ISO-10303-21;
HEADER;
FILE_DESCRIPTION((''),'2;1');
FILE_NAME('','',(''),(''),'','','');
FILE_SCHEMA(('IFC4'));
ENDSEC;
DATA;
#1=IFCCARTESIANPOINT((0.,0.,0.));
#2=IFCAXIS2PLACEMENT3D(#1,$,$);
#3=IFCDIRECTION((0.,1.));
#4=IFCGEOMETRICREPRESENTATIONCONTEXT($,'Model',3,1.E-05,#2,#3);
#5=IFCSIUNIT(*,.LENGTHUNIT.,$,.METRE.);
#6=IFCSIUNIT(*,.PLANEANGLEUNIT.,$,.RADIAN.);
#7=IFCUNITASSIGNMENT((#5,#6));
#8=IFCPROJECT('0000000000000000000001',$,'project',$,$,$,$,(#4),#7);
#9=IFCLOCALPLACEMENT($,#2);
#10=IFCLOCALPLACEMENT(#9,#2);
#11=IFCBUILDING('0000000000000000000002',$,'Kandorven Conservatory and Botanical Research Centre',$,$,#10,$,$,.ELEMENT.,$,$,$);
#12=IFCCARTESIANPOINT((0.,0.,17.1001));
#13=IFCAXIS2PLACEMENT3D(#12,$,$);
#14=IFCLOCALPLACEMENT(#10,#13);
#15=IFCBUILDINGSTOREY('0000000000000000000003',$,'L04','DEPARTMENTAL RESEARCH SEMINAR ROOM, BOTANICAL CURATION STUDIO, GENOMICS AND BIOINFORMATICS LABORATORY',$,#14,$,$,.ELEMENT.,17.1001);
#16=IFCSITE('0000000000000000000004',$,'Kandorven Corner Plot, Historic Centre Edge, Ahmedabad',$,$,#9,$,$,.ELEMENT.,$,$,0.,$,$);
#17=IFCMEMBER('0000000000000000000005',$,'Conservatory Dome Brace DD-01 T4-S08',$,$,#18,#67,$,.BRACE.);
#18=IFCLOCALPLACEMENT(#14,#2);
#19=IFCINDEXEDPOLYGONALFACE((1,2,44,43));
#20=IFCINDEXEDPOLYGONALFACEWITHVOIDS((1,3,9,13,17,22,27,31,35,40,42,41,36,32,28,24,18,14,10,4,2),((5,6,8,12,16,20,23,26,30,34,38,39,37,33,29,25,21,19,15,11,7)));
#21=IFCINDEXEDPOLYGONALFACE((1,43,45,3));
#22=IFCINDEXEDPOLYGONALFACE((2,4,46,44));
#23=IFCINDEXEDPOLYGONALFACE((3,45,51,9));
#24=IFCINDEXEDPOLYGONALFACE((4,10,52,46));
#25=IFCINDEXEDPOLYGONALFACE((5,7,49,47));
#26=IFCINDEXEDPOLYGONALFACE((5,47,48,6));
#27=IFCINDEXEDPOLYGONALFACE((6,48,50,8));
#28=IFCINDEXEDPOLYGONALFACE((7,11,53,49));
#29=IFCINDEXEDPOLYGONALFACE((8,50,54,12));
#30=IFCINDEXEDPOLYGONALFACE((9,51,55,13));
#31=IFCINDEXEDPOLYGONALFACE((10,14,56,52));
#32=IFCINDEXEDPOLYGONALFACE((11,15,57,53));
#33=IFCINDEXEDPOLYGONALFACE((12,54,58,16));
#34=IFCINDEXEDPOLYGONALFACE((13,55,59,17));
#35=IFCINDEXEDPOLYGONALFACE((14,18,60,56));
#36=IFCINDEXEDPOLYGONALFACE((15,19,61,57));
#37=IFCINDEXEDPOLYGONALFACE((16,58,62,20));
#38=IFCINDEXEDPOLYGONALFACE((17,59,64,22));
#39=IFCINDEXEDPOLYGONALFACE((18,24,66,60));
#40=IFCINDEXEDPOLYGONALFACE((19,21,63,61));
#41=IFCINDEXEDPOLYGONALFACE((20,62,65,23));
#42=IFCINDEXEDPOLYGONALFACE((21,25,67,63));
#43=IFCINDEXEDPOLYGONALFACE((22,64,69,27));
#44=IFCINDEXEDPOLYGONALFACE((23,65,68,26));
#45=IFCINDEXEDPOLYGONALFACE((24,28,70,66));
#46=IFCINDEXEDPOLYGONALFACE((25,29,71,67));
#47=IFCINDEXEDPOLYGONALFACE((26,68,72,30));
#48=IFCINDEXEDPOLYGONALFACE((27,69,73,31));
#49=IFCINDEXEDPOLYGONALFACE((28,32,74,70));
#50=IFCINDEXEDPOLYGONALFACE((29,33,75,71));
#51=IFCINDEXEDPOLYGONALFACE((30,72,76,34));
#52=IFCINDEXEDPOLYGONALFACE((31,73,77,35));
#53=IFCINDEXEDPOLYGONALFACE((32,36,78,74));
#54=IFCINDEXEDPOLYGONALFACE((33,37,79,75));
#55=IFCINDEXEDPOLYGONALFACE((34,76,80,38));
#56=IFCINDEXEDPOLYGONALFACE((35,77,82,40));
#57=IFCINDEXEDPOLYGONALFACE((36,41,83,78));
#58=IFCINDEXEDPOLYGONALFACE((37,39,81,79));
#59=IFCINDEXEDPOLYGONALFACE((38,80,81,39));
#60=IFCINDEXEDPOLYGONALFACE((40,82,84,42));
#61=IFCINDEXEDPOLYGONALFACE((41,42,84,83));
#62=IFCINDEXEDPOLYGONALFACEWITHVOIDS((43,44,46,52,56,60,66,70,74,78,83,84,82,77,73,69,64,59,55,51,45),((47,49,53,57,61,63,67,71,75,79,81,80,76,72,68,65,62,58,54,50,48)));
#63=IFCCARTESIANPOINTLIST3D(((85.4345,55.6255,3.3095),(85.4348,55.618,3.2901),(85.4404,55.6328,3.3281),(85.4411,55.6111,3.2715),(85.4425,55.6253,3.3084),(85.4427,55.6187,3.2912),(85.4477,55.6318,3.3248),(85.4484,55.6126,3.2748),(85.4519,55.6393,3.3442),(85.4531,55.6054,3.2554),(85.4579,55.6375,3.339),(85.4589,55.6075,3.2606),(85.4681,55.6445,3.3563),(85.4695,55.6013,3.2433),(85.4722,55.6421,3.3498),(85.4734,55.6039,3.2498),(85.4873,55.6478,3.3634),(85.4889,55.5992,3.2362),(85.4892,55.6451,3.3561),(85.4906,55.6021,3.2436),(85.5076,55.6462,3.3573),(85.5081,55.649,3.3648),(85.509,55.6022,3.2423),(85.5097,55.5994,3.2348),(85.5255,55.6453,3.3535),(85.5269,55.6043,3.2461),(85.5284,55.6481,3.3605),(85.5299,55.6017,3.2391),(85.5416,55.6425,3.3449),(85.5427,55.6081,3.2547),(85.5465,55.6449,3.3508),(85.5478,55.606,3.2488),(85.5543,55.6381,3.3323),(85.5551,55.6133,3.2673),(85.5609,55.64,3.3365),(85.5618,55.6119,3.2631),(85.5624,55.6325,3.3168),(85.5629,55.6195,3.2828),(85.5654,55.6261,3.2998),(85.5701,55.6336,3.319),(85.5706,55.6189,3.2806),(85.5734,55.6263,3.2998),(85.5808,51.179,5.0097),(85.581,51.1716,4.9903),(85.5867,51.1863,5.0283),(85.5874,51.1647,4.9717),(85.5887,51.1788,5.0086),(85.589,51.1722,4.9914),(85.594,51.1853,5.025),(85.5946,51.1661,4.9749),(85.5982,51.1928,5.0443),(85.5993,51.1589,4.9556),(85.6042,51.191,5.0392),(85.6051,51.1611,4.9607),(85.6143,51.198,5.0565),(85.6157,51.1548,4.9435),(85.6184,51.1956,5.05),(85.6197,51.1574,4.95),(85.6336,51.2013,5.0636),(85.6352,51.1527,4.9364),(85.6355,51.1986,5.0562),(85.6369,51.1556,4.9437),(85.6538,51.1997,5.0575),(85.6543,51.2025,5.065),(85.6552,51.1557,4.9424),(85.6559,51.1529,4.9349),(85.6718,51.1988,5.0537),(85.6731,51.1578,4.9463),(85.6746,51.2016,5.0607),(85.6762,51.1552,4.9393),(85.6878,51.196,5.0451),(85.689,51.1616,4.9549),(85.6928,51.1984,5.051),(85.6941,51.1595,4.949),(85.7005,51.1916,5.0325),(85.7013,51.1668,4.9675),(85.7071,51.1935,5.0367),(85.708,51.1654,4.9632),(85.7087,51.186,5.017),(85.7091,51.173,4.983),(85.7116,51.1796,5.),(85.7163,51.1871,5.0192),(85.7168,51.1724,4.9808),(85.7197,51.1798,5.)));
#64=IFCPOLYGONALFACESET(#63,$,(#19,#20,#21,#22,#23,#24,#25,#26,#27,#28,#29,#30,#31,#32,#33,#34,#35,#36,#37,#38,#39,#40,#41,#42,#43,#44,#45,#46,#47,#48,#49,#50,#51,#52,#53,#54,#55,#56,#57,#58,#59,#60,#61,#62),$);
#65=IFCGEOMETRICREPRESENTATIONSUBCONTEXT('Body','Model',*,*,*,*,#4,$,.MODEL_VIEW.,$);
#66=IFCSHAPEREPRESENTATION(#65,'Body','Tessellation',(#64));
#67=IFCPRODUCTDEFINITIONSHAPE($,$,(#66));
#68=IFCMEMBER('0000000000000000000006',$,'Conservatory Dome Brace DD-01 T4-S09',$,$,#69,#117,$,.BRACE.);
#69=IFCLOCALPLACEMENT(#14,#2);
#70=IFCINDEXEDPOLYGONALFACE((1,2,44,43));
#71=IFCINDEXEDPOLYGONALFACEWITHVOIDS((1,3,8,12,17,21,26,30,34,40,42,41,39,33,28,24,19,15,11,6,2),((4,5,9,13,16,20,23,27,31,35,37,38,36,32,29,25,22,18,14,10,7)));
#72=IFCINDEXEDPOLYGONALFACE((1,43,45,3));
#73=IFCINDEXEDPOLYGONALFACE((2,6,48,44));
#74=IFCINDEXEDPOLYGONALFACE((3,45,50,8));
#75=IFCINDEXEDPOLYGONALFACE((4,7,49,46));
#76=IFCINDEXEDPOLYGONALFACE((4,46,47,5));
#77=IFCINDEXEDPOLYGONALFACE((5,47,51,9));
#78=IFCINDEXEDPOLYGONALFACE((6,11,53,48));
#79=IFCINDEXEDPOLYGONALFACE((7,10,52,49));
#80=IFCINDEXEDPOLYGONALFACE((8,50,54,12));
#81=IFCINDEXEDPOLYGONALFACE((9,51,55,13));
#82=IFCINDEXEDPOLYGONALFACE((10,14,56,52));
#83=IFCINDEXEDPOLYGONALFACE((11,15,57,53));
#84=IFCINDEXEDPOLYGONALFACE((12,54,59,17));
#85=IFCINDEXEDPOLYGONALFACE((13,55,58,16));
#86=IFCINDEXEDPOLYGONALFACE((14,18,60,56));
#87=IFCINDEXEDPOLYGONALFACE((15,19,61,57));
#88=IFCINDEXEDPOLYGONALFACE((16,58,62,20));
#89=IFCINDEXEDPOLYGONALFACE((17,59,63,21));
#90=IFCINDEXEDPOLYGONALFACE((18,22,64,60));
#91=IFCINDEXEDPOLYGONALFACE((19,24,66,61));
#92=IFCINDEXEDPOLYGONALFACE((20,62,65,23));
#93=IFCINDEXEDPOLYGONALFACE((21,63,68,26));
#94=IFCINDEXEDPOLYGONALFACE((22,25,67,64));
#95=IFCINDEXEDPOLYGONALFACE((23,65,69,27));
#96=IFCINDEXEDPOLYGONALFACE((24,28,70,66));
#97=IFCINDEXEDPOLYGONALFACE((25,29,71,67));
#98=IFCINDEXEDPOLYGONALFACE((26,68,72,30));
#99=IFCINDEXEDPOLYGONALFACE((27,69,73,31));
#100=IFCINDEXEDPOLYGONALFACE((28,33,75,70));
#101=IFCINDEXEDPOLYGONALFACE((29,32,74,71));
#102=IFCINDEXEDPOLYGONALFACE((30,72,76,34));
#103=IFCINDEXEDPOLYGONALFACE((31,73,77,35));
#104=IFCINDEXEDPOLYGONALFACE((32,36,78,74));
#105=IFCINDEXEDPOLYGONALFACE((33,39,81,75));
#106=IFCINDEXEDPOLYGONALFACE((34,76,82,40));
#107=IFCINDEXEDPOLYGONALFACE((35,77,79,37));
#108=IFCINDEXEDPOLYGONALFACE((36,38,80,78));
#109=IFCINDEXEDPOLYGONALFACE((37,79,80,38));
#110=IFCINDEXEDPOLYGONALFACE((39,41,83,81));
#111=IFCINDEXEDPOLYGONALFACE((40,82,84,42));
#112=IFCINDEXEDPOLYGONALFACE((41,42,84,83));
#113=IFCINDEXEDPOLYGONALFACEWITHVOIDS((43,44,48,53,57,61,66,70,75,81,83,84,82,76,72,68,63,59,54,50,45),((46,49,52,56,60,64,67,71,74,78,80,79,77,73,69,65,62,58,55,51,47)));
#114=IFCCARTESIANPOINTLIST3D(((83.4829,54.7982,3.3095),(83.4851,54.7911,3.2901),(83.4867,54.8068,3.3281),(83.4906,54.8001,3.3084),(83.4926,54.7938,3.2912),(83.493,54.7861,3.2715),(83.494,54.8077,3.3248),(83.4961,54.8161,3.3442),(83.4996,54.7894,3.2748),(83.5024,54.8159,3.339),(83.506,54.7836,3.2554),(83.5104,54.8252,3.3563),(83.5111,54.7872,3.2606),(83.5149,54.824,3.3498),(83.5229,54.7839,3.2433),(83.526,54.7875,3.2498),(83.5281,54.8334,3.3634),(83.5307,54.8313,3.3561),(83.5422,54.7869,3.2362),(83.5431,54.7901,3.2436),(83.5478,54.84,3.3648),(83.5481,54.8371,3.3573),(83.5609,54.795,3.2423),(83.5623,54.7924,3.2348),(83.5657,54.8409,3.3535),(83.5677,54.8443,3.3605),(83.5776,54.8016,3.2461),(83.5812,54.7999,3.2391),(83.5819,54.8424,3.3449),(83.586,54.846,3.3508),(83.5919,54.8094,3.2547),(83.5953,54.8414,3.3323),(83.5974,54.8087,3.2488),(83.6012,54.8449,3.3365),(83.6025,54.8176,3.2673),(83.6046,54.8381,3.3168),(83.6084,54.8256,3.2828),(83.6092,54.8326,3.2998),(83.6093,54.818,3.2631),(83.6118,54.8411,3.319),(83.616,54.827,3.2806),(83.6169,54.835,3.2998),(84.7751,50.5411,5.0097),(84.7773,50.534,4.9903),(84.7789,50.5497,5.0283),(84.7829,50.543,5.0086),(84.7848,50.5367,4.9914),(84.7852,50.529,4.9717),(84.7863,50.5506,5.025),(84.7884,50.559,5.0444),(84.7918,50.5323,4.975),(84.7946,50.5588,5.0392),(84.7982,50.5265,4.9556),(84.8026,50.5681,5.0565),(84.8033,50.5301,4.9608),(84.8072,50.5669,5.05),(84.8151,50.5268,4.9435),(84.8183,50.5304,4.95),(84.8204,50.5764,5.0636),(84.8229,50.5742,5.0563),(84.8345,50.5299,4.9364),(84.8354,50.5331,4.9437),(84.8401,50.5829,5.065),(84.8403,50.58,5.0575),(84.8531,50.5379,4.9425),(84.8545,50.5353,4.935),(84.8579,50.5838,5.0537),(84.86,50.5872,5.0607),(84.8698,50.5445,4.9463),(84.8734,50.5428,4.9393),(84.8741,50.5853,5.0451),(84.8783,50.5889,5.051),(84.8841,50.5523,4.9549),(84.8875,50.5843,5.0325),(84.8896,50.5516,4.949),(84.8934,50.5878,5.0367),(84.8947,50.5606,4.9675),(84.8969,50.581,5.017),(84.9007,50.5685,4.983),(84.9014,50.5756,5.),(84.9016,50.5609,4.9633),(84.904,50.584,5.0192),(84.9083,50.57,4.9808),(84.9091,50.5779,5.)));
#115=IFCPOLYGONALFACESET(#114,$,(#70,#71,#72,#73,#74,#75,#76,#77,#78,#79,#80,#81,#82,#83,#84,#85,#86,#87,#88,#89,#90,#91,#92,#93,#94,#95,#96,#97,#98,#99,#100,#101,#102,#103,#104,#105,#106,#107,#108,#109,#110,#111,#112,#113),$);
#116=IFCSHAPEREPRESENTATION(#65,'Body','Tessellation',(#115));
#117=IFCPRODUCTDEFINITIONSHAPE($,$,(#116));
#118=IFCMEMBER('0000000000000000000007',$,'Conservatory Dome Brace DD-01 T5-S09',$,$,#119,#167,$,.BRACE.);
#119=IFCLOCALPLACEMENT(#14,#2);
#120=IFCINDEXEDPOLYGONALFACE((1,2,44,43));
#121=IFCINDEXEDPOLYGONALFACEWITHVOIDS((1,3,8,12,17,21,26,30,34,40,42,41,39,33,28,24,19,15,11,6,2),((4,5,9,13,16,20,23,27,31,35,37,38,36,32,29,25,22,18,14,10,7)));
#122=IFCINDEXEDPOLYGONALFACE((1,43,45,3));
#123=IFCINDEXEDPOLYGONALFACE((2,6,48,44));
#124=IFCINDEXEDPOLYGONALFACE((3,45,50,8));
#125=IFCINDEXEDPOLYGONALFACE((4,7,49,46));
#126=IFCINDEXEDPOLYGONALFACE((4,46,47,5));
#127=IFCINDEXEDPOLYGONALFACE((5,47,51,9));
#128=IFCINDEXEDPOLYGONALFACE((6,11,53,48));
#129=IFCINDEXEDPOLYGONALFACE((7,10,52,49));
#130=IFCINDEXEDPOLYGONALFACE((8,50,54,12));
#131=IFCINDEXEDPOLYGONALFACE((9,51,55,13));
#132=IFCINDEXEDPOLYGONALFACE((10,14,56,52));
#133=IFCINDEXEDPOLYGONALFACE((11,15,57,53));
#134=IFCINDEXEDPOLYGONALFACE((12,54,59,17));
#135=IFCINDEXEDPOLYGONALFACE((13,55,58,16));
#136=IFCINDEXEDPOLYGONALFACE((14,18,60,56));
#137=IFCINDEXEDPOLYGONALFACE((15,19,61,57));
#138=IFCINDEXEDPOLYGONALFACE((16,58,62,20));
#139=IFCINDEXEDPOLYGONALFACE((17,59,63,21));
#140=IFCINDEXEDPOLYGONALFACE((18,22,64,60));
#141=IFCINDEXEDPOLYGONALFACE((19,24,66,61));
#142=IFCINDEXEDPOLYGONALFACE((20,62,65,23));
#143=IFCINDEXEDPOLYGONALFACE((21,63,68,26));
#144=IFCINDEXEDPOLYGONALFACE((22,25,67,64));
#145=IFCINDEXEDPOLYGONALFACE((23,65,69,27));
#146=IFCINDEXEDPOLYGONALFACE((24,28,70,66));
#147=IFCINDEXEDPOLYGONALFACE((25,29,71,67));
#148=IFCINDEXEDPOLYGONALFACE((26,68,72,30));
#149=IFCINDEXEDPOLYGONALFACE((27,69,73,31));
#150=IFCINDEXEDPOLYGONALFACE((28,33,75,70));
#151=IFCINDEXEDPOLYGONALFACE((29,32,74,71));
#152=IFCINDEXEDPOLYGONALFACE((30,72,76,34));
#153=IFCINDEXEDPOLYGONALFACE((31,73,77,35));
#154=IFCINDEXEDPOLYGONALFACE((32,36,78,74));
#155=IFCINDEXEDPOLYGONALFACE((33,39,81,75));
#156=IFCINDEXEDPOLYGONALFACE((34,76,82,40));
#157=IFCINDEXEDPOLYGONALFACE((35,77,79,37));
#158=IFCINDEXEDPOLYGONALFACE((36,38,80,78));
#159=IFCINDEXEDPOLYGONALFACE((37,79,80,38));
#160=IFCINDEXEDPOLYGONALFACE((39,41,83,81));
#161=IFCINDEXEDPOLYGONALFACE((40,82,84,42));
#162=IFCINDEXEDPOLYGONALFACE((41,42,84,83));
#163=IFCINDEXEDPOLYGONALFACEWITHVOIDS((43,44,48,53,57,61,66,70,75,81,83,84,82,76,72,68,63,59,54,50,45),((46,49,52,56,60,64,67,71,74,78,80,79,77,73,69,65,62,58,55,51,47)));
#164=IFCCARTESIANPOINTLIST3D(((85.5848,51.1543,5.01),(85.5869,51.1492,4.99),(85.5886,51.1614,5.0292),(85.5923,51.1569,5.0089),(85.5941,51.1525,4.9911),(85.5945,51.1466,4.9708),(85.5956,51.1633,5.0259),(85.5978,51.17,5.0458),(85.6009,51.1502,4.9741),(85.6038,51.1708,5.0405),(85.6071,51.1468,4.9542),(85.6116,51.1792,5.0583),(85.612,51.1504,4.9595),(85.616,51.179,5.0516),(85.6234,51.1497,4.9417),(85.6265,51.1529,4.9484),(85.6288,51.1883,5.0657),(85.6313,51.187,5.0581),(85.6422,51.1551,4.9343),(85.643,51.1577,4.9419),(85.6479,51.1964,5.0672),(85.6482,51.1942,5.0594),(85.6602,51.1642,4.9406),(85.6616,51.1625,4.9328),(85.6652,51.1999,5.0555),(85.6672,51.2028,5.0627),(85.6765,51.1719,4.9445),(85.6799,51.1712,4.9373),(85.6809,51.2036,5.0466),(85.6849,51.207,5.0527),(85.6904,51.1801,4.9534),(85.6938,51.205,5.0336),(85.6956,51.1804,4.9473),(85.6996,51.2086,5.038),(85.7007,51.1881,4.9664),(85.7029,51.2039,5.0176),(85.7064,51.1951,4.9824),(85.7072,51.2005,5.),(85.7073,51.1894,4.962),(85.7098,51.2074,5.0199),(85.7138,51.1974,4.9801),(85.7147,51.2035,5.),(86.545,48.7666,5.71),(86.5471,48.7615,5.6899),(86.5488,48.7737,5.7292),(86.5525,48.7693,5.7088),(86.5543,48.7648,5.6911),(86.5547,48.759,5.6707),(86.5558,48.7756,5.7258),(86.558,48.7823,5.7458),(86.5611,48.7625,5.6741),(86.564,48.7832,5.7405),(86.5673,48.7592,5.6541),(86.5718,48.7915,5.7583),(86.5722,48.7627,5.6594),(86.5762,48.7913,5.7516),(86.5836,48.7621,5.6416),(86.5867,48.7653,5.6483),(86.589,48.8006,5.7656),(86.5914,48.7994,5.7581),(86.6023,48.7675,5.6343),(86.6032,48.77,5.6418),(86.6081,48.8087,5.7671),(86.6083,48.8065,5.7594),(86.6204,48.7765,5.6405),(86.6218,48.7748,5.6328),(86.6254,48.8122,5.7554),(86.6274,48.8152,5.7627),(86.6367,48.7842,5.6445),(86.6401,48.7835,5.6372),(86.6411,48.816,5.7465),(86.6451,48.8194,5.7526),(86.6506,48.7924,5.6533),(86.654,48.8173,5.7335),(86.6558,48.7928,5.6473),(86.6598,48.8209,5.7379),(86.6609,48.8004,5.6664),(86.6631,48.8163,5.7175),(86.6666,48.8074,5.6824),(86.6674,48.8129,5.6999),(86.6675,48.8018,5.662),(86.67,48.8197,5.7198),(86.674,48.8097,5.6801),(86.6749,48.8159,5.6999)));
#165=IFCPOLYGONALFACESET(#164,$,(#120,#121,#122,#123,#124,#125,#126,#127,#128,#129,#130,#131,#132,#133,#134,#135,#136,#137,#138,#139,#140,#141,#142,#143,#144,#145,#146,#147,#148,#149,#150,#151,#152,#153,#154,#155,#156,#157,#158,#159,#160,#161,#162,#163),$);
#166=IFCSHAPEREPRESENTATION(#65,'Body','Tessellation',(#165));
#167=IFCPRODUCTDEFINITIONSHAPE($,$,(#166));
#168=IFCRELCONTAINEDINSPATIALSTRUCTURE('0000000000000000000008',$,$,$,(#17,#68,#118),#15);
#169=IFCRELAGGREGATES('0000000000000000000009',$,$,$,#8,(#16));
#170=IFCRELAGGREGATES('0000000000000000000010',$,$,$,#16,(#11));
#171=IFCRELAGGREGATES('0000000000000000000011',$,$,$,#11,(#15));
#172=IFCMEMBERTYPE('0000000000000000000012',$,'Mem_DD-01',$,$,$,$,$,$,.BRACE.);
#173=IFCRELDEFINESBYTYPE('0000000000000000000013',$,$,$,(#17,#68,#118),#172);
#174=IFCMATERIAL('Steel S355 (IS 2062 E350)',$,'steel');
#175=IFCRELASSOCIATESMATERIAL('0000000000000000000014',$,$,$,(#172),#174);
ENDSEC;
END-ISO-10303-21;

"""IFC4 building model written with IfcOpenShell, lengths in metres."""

from ifc_helpers import new_model, si_unit, direction, frame, origin, origin_2d, place, context, subcontext, project, spatial, hollow_circle, extrude, material, material_profile, profile_set, type_object, element, save


model = new_model("IFC4")

# Units and contexts
model_context = context("Model", 3, precision=1e-05, world=origin(), true_north=direction((0.0, 1.0)))
body_context = subcontext(model_context, "Body", "Model", "MODEL_VIEW")
ifc_project = project(units=[si_unit("LENGTHUNIT", "METRE"), si_unit("PLANEANGLEUNIT", "RADIAN")], contexts=[model_context])

# Site, building, storey
site_placement = place(None, origin())
site = spatial("IfcSite", under=ifc_project, at=site_placement, Name="Kandorven Corner Plot, Historic Centre Edge, Ahmedabad", CompositionType="ELEMENT", RefElevation=0.0)
building_placement = place(site_placement, origin())
building = spatial("IfcBuilding", under=site, at=building_placement, Name="Kandorven Conservatory and Botanical Research Centre", CompositionType="ELEMENT")
storey_placement = place(building_placement, frame((0.0, 0.0, 17.1001)))
storey = spatial("IfcBuildingStorey", under=building, at=storey_placement, Name="L04", Description="DEPARTMENTAL RESEARCH SEMINAR ROOM, BOTANICAL CURATION STUDIO, GENOMICS AND BIOINFORMATICS LABORATORY", CompositionType="ELEMENT", Elevation=17.1001)

# Members
ifc_material_1 = material(Name="Steel S355 (IS 2062 E350)", Category="steel")
ifc_material_profile_1 = material_profile(ifc_material_1, hollow_circle(Radius=0.0698, WallThickness=0.0081, at=origin_2d()))
ifc_profile_set_1 = profile_set([ifc_material_profile_1], Name="Steel S355 (IS 2062 E350)")
member_type_1 = type_object("IfcMemberType", Name="Mem_DD-01", PredefinedType="BRACE", material=ifc_profile_set_1)
for number, where, z_axis, x_axis, name in (
    (1, (85.5037, 55.624, 3.2998), (0.030705, -0.933608, 0.356978), (0.99946, 0.032871, 0.0), "Conservatory Dome Brace DD-01 T4-S08"),
    (2, (83.55, 54.8147, 3.2998), (0.271325, -0.893838, 0.356982), (0.956886, 0.290463, 0.0), "Conservatory Dome Brace DD-01 T4-S09"),
):
    element("IfcMember", number, at=place(storey_placement, frame(where, z_axis=z_axis, x_axis=x_axis)), inside=storey, type_object=member_type_1, Name=name, PredefinedType="BRACE", context=body_context, shape_type="SweptSolid", body=[
        extrude(hollow_circle(Radius=0.0698, WallThickness=0.0081, at=origin_2d()), origin(), (0.0, 0.0, 1.0), 4.7627),
    ])
member_1_placement = place(storey_placement, frame((85.6499, 51.1775, 5.0), z_axis=(0.360029, -0.895266, 0.262447), x_axis=(0.927788, 0.373107, 0.0)))
element("IfcMember", 3, at=member_1_placement, inside=storey, type_object=member_type_1, Name="Conservatory Dome Brace DD-01 T5-S09", PredefinedType="BRACE", context=body_context, shape_type="SweptSolid", body=[
    extrude(hollow_circle(Radius=0.0698, WallThickness=0.0081, at=origin_2d()), origin(), (0.0, 0.0, 1.0), 2.667),
])

save(model, "model.ifc")
